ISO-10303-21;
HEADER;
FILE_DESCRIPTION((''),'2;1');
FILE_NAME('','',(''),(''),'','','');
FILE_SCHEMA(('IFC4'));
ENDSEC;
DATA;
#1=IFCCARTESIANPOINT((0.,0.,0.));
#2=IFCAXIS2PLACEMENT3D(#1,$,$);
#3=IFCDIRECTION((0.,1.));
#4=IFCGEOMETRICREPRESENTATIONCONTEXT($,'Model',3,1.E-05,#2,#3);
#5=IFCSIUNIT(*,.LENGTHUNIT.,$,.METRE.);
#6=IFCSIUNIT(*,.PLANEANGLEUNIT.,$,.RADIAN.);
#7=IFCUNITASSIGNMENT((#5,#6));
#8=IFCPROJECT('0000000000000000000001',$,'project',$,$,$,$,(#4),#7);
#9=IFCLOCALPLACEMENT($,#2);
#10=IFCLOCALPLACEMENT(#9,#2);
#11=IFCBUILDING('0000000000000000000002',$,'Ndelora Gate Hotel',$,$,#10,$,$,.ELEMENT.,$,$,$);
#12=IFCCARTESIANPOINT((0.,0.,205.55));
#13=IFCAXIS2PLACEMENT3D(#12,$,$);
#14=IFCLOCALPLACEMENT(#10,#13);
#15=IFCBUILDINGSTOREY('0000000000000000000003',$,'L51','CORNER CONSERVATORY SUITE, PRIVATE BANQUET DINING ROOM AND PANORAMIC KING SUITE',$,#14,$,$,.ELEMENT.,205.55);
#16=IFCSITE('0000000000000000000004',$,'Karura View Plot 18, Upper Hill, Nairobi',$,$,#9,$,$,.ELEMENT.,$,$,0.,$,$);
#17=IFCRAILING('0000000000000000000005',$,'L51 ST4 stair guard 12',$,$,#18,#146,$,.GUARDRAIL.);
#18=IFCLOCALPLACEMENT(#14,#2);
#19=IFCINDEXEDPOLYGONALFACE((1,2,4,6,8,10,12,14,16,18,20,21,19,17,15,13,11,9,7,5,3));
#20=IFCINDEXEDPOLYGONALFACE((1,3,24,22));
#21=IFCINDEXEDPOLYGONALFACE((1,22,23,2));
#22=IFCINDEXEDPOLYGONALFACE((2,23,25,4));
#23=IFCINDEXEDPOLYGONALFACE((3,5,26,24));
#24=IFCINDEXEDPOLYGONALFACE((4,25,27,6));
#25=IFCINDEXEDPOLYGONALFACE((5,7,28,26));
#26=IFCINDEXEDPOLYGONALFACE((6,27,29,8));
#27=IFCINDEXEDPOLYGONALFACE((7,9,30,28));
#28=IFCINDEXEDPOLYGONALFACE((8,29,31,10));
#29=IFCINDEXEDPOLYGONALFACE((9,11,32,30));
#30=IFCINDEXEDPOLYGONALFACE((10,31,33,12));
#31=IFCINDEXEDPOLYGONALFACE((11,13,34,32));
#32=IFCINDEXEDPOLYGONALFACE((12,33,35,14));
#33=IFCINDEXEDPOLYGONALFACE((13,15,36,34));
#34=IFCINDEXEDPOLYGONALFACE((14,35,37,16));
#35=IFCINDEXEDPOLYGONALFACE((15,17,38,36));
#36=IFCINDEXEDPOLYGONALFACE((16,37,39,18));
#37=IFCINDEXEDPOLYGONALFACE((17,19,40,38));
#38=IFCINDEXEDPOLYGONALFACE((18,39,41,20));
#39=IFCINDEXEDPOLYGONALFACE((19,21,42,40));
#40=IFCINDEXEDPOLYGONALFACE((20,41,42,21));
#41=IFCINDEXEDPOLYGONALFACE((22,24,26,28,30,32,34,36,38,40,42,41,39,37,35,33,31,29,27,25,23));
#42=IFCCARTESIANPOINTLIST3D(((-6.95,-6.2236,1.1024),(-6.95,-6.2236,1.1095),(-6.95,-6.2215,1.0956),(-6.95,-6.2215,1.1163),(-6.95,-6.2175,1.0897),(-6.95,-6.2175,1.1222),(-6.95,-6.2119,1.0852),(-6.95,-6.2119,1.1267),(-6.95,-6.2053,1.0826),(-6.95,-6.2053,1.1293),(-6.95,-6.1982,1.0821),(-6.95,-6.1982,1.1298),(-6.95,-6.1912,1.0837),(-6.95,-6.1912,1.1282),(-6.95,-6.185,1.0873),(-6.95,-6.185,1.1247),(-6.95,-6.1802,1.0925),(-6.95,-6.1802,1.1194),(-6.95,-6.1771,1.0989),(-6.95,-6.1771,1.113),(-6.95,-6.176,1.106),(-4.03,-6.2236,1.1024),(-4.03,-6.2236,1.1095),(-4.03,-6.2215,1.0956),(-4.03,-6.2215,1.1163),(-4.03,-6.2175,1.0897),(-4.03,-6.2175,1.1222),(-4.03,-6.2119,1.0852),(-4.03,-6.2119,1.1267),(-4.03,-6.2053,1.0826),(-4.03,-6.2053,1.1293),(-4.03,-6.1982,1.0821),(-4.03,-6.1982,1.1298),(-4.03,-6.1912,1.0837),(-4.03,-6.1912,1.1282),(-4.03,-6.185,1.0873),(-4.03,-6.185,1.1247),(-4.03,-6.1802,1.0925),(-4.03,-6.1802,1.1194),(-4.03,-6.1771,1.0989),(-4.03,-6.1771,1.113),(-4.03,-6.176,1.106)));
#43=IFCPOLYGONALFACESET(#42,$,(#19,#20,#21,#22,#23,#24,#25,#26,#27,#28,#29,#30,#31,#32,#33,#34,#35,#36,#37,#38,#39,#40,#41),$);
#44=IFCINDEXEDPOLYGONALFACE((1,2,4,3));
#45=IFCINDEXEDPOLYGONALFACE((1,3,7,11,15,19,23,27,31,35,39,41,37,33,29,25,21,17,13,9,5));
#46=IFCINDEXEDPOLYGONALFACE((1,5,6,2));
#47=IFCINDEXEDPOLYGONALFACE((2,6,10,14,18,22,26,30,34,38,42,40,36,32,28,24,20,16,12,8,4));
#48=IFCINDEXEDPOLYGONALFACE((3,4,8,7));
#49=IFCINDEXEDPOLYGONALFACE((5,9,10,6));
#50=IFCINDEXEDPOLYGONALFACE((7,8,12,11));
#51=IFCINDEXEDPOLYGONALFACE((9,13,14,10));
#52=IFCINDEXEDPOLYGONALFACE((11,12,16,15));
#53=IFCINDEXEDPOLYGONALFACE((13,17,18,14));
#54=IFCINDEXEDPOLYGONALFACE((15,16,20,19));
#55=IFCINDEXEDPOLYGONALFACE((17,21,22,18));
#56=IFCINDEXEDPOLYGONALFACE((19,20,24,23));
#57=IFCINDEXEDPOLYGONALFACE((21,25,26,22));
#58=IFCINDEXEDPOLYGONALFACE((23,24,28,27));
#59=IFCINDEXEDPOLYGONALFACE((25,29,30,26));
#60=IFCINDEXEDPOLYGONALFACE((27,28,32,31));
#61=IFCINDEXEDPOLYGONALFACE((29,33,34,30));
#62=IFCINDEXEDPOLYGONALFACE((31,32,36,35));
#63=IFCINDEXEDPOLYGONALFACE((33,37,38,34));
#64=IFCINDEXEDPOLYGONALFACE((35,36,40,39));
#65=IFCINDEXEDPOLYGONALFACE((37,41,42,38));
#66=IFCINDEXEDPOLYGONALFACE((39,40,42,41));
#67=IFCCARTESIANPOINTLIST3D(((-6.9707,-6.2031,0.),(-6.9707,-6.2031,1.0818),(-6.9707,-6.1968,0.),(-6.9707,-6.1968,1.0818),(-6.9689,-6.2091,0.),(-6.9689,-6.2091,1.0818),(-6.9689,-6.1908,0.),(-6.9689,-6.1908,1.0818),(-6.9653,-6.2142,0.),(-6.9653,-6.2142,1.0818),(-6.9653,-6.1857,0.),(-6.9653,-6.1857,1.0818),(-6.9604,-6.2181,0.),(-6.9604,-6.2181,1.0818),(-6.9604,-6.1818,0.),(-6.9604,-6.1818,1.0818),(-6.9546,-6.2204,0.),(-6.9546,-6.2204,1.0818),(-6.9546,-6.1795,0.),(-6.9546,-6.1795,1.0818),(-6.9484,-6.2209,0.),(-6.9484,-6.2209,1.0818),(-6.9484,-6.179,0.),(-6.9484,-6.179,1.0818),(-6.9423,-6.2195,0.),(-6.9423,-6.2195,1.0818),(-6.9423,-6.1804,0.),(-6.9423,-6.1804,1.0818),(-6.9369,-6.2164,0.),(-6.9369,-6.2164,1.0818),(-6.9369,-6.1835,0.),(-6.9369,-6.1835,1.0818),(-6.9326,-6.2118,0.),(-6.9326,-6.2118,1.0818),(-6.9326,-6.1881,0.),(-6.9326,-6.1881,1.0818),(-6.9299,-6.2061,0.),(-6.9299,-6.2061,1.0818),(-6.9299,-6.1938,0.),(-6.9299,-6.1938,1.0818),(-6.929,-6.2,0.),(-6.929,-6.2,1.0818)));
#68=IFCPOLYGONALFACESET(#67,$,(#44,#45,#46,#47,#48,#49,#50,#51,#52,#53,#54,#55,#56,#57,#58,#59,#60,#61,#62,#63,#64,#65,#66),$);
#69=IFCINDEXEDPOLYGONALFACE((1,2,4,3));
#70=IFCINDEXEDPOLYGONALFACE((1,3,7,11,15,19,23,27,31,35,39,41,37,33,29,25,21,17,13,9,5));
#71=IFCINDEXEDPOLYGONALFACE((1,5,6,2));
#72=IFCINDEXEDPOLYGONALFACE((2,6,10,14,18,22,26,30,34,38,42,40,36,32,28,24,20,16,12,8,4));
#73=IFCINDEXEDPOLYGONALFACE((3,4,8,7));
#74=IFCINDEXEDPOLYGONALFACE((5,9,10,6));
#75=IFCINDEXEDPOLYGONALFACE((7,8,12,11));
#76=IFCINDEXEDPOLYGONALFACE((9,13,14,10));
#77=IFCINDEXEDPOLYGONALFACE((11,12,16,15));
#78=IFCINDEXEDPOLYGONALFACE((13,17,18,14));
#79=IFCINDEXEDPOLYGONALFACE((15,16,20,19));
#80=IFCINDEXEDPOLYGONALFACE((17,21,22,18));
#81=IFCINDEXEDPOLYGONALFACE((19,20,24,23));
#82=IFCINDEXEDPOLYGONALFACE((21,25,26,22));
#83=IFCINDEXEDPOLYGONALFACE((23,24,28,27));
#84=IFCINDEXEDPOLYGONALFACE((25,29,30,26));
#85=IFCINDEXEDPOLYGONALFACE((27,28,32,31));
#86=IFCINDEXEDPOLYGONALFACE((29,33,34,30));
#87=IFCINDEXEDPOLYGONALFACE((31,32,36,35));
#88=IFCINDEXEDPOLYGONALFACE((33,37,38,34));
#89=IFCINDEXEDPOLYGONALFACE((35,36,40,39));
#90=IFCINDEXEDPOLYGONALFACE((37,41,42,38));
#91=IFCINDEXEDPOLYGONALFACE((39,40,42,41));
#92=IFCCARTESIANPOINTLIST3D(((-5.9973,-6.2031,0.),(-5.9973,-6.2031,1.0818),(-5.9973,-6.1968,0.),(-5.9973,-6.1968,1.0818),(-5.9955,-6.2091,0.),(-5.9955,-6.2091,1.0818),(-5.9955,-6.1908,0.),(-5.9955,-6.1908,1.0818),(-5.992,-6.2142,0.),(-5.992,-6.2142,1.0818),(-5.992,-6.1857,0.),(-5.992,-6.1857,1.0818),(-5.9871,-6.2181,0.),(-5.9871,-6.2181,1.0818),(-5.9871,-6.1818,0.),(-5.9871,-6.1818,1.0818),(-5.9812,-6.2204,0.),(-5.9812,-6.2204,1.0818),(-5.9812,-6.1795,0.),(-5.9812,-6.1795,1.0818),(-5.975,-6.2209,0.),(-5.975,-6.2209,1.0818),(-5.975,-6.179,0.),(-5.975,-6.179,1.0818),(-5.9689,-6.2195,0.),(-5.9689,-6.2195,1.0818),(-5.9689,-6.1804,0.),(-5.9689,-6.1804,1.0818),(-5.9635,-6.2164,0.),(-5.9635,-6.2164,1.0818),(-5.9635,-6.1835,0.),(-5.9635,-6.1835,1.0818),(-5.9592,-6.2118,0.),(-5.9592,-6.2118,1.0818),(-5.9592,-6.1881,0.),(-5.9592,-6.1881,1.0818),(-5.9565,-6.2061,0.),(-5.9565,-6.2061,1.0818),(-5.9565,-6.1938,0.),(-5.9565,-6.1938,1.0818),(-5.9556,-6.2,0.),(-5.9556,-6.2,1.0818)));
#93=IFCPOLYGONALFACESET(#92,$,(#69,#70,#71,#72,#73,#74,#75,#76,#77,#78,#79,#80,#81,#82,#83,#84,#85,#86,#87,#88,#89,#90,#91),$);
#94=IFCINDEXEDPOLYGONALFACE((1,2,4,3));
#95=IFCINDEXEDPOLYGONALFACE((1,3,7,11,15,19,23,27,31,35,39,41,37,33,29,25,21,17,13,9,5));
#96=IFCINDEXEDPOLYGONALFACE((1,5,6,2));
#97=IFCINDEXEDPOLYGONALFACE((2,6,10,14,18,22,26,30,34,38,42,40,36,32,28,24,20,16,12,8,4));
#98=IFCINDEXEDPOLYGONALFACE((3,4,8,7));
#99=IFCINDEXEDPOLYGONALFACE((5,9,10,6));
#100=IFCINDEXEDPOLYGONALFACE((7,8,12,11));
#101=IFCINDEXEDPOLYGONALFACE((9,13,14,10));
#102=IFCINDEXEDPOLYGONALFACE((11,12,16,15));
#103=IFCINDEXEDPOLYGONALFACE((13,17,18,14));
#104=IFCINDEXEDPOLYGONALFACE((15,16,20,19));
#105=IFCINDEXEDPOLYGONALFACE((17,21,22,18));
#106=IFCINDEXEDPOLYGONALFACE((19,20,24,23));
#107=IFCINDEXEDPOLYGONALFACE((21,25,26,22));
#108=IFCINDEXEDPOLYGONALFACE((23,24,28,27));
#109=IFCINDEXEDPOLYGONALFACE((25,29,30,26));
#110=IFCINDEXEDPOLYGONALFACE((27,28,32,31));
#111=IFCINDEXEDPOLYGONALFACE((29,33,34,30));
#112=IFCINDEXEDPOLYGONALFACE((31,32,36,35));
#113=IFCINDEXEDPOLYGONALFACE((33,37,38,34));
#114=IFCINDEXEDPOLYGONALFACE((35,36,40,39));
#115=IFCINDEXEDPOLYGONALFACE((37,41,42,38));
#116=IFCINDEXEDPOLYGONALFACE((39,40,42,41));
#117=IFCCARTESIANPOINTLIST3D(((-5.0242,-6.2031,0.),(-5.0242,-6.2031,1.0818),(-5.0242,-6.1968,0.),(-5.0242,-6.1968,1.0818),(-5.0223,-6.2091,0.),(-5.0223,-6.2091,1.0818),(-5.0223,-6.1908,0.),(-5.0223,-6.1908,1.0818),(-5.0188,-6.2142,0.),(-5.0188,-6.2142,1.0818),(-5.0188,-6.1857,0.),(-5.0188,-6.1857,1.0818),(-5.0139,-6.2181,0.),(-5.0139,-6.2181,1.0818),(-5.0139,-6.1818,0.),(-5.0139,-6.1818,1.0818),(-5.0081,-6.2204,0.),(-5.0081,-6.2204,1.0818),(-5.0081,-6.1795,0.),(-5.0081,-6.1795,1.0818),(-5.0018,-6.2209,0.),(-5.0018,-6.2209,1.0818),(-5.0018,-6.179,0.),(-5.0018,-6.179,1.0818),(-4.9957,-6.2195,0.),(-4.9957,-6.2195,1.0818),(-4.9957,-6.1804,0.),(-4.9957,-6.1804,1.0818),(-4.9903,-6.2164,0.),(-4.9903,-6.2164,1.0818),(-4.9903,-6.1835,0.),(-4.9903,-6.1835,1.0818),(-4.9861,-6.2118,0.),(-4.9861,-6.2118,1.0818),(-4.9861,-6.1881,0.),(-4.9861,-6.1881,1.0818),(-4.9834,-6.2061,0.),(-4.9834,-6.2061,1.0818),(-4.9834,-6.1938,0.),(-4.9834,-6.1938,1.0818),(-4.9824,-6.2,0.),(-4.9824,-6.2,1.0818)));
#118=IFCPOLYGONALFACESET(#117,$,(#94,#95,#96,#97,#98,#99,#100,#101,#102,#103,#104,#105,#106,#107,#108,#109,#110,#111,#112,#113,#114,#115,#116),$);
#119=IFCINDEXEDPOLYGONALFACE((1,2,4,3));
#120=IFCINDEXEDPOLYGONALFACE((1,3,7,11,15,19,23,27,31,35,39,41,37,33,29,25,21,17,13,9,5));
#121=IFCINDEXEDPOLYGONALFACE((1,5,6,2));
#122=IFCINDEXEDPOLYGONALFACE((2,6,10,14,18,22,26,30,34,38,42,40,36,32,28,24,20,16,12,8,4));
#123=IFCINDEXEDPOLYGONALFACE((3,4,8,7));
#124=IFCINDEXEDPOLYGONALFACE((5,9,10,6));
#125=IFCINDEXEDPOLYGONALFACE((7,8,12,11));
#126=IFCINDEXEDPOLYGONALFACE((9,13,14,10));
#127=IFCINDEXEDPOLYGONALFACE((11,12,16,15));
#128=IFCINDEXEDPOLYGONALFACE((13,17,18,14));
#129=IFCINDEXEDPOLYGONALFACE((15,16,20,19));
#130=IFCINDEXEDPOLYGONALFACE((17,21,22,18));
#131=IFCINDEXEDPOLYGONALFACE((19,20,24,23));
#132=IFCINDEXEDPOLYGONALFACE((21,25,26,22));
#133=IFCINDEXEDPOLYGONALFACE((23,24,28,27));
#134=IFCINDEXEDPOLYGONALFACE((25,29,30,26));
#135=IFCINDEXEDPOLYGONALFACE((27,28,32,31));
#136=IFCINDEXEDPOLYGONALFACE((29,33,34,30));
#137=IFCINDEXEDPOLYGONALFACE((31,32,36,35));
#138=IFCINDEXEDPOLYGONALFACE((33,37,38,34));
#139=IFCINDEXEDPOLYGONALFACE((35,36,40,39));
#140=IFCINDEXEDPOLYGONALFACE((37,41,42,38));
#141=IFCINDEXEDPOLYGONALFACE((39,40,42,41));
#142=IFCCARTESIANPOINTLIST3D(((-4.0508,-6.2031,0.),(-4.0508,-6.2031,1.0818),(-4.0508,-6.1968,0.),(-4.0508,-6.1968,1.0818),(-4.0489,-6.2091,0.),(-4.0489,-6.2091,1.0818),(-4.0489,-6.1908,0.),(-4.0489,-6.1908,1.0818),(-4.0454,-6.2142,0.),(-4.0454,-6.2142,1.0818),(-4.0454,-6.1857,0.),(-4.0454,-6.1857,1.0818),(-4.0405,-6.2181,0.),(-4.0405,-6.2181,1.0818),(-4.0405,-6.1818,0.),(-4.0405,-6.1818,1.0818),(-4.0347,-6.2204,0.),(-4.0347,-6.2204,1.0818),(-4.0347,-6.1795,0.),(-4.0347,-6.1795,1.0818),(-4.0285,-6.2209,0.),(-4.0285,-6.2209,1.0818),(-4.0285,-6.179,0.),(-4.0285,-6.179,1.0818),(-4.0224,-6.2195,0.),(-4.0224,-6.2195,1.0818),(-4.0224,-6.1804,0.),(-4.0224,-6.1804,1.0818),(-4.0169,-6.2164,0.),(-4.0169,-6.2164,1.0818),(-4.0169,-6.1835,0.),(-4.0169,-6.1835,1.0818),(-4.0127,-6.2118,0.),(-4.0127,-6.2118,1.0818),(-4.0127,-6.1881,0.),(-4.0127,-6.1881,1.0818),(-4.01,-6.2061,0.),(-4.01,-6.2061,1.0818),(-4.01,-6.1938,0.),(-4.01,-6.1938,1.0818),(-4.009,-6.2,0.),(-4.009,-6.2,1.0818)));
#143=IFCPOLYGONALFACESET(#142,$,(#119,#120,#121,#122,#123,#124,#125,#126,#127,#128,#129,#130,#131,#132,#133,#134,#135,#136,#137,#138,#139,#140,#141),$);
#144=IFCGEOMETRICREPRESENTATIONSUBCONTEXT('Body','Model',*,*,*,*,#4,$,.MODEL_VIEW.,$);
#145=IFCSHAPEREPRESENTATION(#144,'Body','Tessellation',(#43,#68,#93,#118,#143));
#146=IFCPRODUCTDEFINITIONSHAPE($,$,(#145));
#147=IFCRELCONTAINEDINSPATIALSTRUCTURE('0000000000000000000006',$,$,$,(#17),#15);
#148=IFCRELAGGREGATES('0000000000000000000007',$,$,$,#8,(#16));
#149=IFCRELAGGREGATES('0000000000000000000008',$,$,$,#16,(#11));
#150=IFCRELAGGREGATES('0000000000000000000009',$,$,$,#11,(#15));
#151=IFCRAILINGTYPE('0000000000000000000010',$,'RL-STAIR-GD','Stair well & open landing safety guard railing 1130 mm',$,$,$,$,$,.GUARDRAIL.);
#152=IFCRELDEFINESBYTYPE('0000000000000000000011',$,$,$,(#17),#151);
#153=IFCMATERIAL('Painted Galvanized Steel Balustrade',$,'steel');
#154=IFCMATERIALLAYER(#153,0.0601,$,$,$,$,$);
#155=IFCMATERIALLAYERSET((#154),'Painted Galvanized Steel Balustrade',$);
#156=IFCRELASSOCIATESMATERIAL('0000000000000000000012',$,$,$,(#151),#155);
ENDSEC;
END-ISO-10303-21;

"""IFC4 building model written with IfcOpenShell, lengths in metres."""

from ifc_helpers import new_model, si_unit, direction, frame, origin, origin_2d, place, context, subcontext, project, spatial, circle, extrude, material, layer, layer_set, type_object, element, save


model = new_model("IFC4")

# Units and contexts
model_context = context("Model", 3, precision=1e-05, world=origin(), true_north=direction((0.0, 1.0)))
body_context = subcontext(model_context, "Body", "Model", "MODEL_VIEW")
ifc_project = project(units=[si_unit("LENGTHUNIT", "METRE"), si_unit("PLANEANGLEUNIT", "RADIAN")], contexts=[model_context])

# Site, building, storey
site_placement = place(None, origin())
site = spatial("IfcSite", under=ifc_project, at=site_placement, Name="Karura View Plot 18, Upper Hill, Nairobi", CompositionType="ELEMENT", RefElevation=0.0)
building_placement = place(site_placement, origin())
building = spatial("IfcBuilding", under=site, at=building_placement, Name="Ndelora Gate Hotel", CompositionType="ELEMENT")
storey_placement = place(building_placement, frame((0.0, 0.0, 205.55)))
storey = spatial("IfcBuildingStorey", under=building, at=storey_placement, Name="L51", Description="CORNER CONSERVATORY SUITE, PRIVATE BANQUET DINING ROOM AND PANORAMIC KING SUITE", CompositionType="ELEMENT", Elevation=205.55)

# Railing
ifc_material_1 = material(Name="Painted Galvanized Steel Balustrade", Category="steel")
ifc_layer_1 = layer(ifc_material_1, 0.0601)
ifc_layer_set_1 = layer_set([ifc_layer_1], Name="Painted Galvanized Steel Balustrade")
railing_type_1 = type_object("IfcRailingType", Name="RL-STAIR-GD", Description="Stair well & open landing safety guard railing 1130 mm", PredefinedType="GUARDRAIL", material=ifc_layer_set_1)
railing_1_placement = place(storey_placement, frame((-6.95, -6.2, 0.0)))
element("IfcRailing", 1, at=railing_1_placement, inside=storey, type_object=railing_type_1, Name="L51 ST4 stair guard 12", PredefinedType="GUARDRAIL", context=body_context, shape_type="SweptSolid", body=[
    extrude(circle(Radius=0.0239, at=origin_2d()), frame((0.0, 0.0, 1.106), z_axis=(1.0, 0.0, 0.0), x_axis=(0.0, 1.0, 0.0)), (0.0, 0.0, 1.0), 2.9199),
    extrude(circle(Radius=0.021, at=origin_2d()), origin(), (0.0, 0.0, 1.0), 1.0818),
    extrude(circle(Radius=0.021, at=origin_2d()), frame((0.9734, 0.0, 0.0)), (0.0, 0.0, 1.0), 1.0818),
    extrude(circle(Radius=0.021, at=origin_2d()), frame((1.9465, 0.0, 0.0)), (0.0, 0.0, 1.0), 1.0818),
    extrude(circle(Radius=0.021, at=origin_2d()), frame((2.9199, 0.0, 0.0)), (0.0, 0.0, 1.0), 1.0818),
])

save(model, "model.ifc")
